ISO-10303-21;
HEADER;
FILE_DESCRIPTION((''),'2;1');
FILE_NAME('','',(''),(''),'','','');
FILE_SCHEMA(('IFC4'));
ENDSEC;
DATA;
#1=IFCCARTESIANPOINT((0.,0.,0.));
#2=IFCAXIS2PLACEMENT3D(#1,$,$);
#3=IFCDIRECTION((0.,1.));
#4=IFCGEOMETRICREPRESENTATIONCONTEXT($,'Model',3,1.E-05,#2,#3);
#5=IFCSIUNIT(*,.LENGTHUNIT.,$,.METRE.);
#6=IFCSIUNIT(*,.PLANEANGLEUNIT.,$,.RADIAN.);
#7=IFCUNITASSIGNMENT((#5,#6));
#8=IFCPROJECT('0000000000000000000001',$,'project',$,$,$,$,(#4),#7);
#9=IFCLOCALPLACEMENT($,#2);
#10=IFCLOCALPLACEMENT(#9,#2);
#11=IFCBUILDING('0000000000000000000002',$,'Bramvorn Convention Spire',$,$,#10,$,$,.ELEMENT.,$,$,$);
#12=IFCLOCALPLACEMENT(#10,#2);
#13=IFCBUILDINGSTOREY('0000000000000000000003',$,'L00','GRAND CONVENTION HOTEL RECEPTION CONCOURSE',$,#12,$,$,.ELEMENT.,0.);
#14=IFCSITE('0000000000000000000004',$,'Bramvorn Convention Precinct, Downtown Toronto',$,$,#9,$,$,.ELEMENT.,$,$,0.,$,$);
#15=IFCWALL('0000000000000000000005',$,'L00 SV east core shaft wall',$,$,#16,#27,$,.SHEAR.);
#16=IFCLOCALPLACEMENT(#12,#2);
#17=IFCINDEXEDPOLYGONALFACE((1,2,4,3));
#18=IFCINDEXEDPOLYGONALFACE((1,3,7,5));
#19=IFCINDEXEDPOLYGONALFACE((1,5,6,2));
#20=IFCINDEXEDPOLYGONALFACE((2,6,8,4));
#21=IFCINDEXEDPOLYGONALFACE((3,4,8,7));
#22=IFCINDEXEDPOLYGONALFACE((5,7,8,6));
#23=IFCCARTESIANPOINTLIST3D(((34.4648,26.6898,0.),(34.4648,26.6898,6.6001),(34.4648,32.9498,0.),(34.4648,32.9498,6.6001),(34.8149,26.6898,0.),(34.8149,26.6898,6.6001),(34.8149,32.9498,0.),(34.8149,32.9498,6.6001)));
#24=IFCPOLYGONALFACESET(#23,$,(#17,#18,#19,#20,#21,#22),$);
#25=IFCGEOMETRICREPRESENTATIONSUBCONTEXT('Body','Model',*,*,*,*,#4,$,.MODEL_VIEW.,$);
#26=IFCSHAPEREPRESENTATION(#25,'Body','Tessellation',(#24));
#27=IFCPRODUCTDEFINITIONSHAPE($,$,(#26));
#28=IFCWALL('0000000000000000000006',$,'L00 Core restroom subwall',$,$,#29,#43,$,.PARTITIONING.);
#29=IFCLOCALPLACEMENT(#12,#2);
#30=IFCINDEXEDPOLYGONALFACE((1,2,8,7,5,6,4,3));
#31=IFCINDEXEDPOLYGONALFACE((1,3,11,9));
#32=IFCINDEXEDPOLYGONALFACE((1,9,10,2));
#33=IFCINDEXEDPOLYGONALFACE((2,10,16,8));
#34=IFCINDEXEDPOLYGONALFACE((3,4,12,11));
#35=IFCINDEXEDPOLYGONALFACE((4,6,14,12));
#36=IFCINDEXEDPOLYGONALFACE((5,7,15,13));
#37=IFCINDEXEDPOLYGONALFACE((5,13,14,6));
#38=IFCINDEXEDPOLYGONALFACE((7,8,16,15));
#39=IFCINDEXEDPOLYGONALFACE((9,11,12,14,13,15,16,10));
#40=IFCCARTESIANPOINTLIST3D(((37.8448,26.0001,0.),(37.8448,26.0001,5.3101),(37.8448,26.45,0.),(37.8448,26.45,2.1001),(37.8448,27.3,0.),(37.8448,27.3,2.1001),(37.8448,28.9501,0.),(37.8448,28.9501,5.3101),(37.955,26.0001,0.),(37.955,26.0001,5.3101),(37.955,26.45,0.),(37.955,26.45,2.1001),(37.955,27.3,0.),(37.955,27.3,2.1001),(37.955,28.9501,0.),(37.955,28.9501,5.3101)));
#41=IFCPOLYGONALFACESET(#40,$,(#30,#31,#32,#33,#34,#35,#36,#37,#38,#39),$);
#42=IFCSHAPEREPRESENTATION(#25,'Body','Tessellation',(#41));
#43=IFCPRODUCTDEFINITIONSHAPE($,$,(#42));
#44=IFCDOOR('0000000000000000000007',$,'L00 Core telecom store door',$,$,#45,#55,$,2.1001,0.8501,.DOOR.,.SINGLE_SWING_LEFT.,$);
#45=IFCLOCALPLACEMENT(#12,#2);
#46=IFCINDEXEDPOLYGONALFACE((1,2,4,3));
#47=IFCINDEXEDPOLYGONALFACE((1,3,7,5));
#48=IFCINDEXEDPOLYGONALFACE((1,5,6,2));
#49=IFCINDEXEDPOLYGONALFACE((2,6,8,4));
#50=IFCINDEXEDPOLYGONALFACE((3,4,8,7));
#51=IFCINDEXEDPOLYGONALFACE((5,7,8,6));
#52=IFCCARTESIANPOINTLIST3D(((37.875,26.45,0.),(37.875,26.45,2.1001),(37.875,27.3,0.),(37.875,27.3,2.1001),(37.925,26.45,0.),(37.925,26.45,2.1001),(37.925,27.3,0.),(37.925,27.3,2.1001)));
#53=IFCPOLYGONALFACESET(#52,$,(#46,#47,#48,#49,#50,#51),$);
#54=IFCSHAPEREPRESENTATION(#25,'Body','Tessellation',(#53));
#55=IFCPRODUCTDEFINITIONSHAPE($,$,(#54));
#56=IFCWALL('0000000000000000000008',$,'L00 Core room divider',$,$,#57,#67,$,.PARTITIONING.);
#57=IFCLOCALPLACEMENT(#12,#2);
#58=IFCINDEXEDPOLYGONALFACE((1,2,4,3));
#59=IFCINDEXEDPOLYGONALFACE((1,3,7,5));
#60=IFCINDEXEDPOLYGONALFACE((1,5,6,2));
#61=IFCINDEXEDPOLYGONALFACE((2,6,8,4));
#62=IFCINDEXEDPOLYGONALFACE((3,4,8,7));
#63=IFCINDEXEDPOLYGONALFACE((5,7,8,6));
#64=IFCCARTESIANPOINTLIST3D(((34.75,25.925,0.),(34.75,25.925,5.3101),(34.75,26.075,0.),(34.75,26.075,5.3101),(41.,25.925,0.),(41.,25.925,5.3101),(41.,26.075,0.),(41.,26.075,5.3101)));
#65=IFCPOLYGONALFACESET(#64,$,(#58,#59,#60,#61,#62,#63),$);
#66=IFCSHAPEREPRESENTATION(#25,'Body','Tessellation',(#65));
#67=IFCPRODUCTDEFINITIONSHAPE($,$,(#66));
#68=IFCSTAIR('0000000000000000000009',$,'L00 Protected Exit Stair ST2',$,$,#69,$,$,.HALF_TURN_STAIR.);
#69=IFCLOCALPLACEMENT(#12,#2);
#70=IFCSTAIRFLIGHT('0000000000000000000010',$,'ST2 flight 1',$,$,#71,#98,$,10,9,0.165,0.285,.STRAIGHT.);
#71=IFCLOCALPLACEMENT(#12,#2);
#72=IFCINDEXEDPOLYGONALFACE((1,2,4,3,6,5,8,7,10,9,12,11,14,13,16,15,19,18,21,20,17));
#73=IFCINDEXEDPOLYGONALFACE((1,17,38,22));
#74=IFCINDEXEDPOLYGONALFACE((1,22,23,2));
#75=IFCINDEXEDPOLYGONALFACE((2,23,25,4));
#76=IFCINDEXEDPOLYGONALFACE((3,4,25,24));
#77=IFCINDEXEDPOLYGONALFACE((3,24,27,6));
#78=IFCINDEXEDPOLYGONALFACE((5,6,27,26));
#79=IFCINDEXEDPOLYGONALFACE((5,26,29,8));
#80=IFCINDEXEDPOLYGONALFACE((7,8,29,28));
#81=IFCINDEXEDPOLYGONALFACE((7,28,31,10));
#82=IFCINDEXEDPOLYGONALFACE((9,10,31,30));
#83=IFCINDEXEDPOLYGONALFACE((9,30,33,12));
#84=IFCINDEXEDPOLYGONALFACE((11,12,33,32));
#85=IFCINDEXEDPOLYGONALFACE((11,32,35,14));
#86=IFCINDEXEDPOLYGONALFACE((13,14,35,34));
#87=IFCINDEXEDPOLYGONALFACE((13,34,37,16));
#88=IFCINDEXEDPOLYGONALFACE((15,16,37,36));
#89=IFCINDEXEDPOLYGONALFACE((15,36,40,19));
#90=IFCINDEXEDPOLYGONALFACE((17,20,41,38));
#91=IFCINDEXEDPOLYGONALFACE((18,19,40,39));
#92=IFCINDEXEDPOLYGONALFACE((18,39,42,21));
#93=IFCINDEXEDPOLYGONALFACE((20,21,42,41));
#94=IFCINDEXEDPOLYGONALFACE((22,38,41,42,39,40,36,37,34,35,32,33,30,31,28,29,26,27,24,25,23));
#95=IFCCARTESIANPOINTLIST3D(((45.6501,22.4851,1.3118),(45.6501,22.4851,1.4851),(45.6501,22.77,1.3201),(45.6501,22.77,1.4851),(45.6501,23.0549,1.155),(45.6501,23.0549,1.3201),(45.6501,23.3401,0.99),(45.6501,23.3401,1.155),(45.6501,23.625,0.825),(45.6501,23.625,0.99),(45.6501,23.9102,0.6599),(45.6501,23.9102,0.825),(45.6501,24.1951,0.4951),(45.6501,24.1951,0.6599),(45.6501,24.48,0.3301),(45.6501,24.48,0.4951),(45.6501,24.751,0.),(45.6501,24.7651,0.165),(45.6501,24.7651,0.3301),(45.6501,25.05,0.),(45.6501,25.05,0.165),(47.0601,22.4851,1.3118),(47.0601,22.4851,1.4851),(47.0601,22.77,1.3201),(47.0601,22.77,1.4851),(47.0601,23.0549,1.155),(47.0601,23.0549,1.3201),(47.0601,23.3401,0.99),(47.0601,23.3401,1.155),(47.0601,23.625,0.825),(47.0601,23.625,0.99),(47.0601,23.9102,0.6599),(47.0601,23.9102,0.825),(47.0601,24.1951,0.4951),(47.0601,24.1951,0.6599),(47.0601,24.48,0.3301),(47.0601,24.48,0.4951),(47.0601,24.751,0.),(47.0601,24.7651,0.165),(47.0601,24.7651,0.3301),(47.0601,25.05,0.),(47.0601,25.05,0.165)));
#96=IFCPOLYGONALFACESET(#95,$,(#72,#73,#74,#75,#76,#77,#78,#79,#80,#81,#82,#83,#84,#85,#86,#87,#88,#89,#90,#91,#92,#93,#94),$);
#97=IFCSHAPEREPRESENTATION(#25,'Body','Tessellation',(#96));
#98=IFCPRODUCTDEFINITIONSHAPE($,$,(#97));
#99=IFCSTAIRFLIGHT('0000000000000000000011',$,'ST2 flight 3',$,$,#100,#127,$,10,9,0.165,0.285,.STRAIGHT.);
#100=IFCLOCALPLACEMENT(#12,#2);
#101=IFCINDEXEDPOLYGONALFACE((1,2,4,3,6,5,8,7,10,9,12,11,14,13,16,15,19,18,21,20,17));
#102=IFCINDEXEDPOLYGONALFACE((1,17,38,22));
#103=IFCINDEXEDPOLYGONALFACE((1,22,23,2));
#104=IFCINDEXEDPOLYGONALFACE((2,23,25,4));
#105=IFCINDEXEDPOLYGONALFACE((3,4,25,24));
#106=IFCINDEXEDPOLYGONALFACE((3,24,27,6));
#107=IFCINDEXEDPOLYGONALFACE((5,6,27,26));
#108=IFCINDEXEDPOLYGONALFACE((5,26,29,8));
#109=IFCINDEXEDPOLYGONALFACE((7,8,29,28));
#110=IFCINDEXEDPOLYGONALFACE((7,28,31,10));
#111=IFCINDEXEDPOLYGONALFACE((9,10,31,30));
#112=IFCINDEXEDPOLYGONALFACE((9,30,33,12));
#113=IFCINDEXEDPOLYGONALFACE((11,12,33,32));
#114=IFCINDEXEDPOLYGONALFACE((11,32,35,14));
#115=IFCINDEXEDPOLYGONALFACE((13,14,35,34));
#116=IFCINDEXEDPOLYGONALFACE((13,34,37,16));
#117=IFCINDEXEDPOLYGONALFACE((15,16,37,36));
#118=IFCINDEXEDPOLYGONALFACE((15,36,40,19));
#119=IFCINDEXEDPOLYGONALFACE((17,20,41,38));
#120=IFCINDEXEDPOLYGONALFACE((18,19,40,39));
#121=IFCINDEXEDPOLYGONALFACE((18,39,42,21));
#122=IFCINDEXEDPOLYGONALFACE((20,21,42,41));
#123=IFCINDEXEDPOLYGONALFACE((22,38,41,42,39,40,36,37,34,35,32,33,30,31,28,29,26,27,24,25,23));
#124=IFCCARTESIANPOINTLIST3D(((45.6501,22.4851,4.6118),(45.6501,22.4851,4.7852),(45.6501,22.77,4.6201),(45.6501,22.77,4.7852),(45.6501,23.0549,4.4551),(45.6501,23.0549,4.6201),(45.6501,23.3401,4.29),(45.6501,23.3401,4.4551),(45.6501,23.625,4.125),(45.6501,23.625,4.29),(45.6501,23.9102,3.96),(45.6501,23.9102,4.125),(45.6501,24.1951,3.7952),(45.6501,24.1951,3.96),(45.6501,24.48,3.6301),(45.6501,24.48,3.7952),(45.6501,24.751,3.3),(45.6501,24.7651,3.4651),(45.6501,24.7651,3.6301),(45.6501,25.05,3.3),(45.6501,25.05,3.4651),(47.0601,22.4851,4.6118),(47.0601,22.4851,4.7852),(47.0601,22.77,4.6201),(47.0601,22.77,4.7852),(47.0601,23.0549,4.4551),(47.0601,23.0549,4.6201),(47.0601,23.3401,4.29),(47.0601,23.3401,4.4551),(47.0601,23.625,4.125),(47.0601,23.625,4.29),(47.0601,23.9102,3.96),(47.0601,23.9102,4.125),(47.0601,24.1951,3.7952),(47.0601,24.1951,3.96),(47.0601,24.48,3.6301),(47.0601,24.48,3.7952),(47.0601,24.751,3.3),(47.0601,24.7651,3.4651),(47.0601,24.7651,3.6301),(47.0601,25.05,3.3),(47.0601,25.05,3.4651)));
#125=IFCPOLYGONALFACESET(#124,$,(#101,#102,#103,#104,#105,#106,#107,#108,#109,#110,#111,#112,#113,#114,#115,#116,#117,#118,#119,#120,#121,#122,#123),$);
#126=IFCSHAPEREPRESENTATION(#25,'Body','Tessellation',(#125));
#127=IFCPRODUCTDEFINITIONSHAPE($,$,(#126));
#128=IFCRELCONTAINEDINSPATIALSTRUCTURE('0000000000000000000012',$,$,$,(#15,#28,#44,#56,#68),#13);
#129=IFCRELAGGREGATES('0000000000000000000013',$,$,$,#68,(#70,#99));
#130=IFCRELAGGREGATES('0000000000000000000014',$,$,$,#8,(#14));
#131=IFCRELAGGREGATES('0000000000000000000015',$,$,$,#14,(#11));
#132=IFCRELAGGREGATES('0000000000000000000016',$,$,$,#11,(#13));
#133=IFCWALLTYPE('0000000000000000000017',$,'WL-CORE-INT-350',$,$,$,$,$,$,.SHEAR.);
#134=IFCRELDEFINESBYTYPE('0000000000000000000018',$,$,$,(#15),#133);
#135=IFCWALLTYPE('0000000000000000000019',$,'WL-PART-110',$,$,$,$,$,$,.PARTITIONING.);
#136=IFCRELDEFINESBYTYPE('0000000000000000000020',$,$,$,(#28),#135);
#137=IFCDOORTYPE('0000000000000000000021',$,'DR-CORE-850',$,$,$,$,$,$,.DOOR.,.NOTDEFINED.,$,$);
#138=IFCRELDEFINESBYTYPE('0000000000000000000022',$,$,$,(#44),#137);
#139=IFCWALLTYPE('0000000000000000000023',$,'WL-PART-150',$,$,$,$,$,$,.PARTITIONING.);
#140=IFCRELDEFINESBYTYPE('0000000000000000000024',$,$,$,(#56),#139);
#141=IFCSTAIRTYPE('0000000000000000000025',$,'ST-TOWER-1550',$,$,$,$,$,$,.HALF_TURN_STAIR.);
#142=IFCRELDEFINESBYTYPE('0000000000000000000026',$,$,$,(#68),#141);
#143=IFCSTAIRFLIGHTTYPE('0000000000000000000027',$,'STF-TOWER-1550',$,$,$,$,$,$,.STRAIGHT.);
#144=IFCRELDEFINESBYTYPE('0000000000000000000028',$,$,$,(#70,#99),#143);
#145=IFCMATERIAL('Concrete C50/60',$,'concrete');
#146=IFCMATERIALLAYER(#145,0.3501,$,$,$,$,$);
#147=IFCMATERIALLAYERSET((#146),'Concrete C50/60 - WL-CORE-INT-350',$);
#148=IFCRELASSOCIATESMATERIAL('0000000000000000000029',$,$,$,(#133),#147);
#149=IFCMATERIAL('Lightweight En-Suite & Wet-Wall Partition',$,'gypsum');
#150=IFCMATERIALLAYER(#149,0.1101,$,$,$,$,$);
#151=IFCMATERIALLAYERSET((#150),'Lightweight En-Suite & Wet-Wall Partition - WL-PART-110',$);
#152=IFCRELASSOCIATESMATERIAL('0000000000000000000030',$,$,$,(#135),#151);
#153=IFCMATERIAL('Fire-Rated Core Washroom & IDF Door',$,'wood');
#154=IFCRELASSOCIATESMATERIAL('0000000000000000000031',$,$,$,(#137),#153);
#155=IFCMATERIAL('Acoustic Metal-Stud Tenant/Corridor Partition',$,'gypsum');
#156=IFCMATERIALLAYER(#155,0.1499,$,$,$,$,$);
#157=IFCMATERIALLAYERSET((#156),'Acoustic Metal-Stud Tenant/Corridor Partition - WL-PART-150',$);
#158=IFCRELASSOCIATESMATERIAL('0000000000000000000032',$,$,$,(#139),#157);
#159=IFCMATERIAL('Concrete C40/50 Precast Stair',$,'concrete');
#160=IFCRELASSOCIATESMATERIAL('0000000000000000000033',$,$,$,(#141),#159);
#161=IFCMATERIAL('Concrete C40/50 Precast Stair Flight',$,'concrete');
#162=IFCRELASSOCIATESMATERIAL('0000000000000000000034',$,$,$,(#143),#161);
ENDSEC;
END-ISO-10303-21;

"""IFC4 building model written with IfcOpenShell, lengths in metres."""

from ifc_helpers import new_model, si_unit, direction, frame, frame_2d, origin, place, context, subcontext, project, spatial, polyline, rectangle, outline, extrude, material, layer, layer_set, type_object, element, fill, aggregate, save


model = new_model("IFC4")

# Units and contexts
model_context = context("Model", 3, precision=1e-05, world=origin(), true_north=direction((0.0, 1.0)))
body_context = subcontext(model_context, "Body", "Model", "MODEL_VIEW")
ifc_project = project(units=[si_unit("LENGTHUNIT", "METRE"), si_unit("PLANEANGLEUNIT", "RADIAN")], contexts=[model_context])

# Site, building, storey
site_placement = place(None, origin())
site = spatial("IfcSite", under=ifc_project, at=site_placement, Name="Bramvorn Convention Precinct, Downtown Toronto", CompositionType="ELEMENT", RefElevation=0.0)
building_placement = place(site_placement, origin())
building = spatial("IfcBuilding", under=site, at=building_placement, Name="Bramvorn Convention Spire", CompositionType="ELEMENT")
storey_placement = place(building_placement, origin())
storey = spatial("IfcBuildingStorey", under=building, at=storey_placement, Name="L00", Description="GRAND CONVENTION HOTEL RECEPTION CONCOURSE", CompositionType="ELEMENT", Elevation=0.0)

# Wall
ifc_material_1 = material(Name="Concrete C50/60", Category="concrete")
ifc_layer_1 = layer(ifc_material_1, 0.3501)
ifc_layer_set_1 = layer_set([ifc_layer_1], Name="Concrete C50/60 - WL-CORE-INT-350")
wall_type_1 = type_object("IfcWallType", Name="WL-CORE-INT-350", PredefinedType="SHEAR", material=ifc_layer_set_1)
wall_1_placement = place(storey_placement, frame((34.6399, 26.6899, 0.0), z_axis=(0.0, 0.0, 1.0), x_axis=(0.0, 1.0, 0.0)))
element("IfcWall", 1, at=wall_1_placement, inside=storey, type_object=wall_type_1, Name="L00 SV east core shaft wall", PredefinedType="SHEAR", context=body_context, shape_type="SweptSolid", body=[
    extrude(rectangle(XDim=6.26, YDim=0.3501, at=frame_2d((3.1299, 0.0))), origin(), (0.0, 0.0, 1.0), 6.6001),
])

# Wall, opening, door
ifc_material_2 = material(Name="Lightweight En-Suite & Wet-Wall Partition", Category="gypsum")
ifc_layer_2 = layer(ifc_material_2, 0.1101)
ifc_layer_set_2 = layer_set([ifc_layer_2], Name="Lightweight En-Suite & Wet-Wall Partition - WL-PART-110")
wall_type_2 = type_object("IfcWallType", Name="WL-PART-110", PredefinedType="PARTITIONING", material=ifc_layer_set_2)
wall_2_placement = place(storey_placement, frame((37.8999, 26.0, 0.0), z_axis=(0.0, 0.0, 1.0), x_axis=(0.0, 1.0, 0.0)))
wall_2 = element("IfcWall", 2, at=wall_2_placement, inside=storey, type_object=wall_type_2, Name="L00 Core restroom subwall", PredefinedType="PARTITIONING", context=body_context, shape_type="SweptSolid", body=[
    extrude(rectangle(XDim=2.95, YDim=0.1101, at=frame_2d((1.4751, 0.0))), origin(), (0.0, 0.0, 1.0), 5.3101),
])
opening_1_placement = place(wall_2_placement, frame((0.45, 0.0, 0.0)))
opening_1 = element("IfcOpeningElement", 3, at=opening_1_placement, cuts=wall_2, PredefinedType="OPENING", context=body_context, shape_type="SweptSolid", body=[
    extrude(rectangle(XDim=0.8501, YDim=2.1001, at=frame_2d((0.425, 1.05))), frame((0.0, 0.0649, 0.0), z_axis=(0.0, -1.0, 0.0), x_axis=(1.0, 0.0, 0.0)), (0.0, 0.0, 1.0), 0.1301),
])
ifc_material_3 = material(Name="Fire-Rated Core Washroom & IDF Door", Category="wood")
door_type_1 = type_object("IfcDoorType", Name="DR-CORE-850", OperationType="NOTDEFINED", PredefinedType="DOOR", material=ifc_material_3)
door_1_placement = place(opening_1_placement, origin())
door_1 = element("IfcDoor", 4, at=door_1_placement, inside=storey, type_object=door_type_1, Name="L00 Core telecom store door", OperationType="SINGLE_SWING_LEFT", OverallHeight=2.1001, OverallWidth=0.8501, PredefinedType="DOOR", context=body_context, shape_type="SweptSolid", body=[
    extrude(rectangle(XDim=0.8501, YDim=2.1001, at=frame_2d((0.425, 1.05))), frame((0.0, 0.0249, 0.0), z_axis=(0.0, -1.0, 0.0), x_axis=(1.0, 0.0, 0.0)), (0.0, 0.0, 1.0), 0.05),
])
fill(opening_1, door_1)

# Wall
ifc_material_4 = material(Name="Acoustic Metal-Stud Tenant/Corridor Partition", Category="gypsum")
ifc_layer_3 = layer(ifc_material_4, 0.1499)
ifc_layer_set_3 = layer_set([ifc_layer_3], Name="Acoustic Metal-Stud Tenant/Corridor Partition - WL-PART-150")
wall_type_3 = type_object("IfcWallType", Name="WL-PART-150", PredefinedType="PARTITIONING", material=ifc_layer_set_3)
wall_3_placement = place(storey_placement, frame((34.75, 26.0, 0.0), z_axis=(0.0, 0.0, 1.0), x_axis=(1.0, 0.0, 0.0)))
element("IfcWall", 5, at=wall_3_placement, inside=storey, type_object=wall_type_3, Name="L00 Core room divider", PredefinedType="PARTITIONING", context=body_context, shape_type="SweptSolid", body=[
    extrude(rectangle(XDim=6.25, YDim=0.1499, at=frame_2d((3.125, 0.0))), origin(), (0.0, 0.0, 1.0), 5.3101),
])

# Stair, stair flights
ifc_material_5 = material(Name="Concrete C40/50 Precast Stair", Category="concrete")
stair_type = type_object("IfcStairType", Name="ST-TOWER-1550", PredefinedType="HALF_TURN_STAIR", material=ifc_material_5)
stair_placement = place(storey_placement, origin())
stair = element("IfcStair", 6, at=stair_placement, inside=storey, type_object=stair_type, Name="L00 Protected Exit Stair ST2", PredefinedType="HALF_TURN_STAIR")
ifc_material_6 = material(Name="Concrete C40/50 Precast Stair Flight", Category="concrete")
stair_flight_type = type_object("IfcStairFlightType", Name="STF-TOWER-1550", PredefinedType="STRAIGHT", material=ifc_material_6)
stair_flight_1_placement = place(storey_placement, frame((46.355, 25.05, 0.0), z_axis=(0.0, 0.0, 1.0), x_axis=(0.0, -1.0, 0.0)))
stair_flight_1 = element("IfcStairFlight", 7, at=stair_flight_1_placement, type_object=stair_flight_type, Name="ST2 flight 1", NumberOfRisers=10, NumberOfTreads=9, PredefinedType="STRAIGHT", RiserHeight=0.165, TreadLength=0.285, context=body_context, shape_type="SweptSolid", body=[
    extrude(outline(polyline([(0.0, 0.0), (0.0, 0.165), (0.2849, 0.165), (0.2849, 0.3301), (0.5701, 0.3301), (0.5701, 0.4951), (0.855, 0.4951), (0.855, 0.6599), (1.1399, 0.6599), (1.1399, 0.825), (1.425, 0.825), (1.425, 0.99), (1.71, 0.99), (1.71, 1.155), (1.9951, 1.155), (1.9951, 1.3201), (2.28, 1.3201), (2.28, 1.4851), (2.5649, 1.4851), (2.5649, 1.6499), (2.5649, 1.3118), (0.2991, 0.0), (0.0, 0.0)])), frame((0.0, 0.7051, 0.0), z_axis=(0.0, -1.0, 0.0), x_axis=(1.0, 0.0, 0.0)), (0.0, 0.0, 1.0), 1.4099),
])
stair_flight_2_placement = place(storey_placement, frame((46.355, 25.05, 3.3), z_axis=(0.0, 0.0, 1.0), x_axis=(0.0, -1.0, 0.0)))
stair_flight_2 = element("IfcStairFlight", 8, at=stair_flight_2_placement, type_object=stair_flight_type, Name="ST2 flight 3", NumberOfRisers=10, NumberOfTreads=9, PredefinedType="STRAIGHT", RiserHeight=0.165, TreadLength=0.285, context=body_context, shape_type="SweptSolid", body=[
    extrude(outline(polyline([(0.0, 0.0), (0.0, 0.165), (0.2849, 0.165), (0.2849, 0.3301), (0.5701, 0.3301), (0.5701, 0.4951), (0.855, 0.4951), (0.855, 0.6599), (1.1399, 0.6599), (1.1399, 0.825), (1.425, 0.825), (1.425, 0.99), (1.71, 0.99), (1.71, 1.155), (1.9951, 1.155), (1.9951, 1.3201), (2.28, 1.3201), (2.28, 1.4851), (2.5649, 1.4851), (2.5649, 1.6499), (2.5649, 1.3118), (0.2991, 0.0), (0.0, 0.0)])), frame((0.0, 0.7051, 0.0), z_axis=(0.0, -1.0, 0.0), x_axis=(1.0, 0.0, 0.0)), (0.0, 0.0, 1.0), 1.4099),
])
aggregate(stair, [stair_flight_1, stair_flight_2])

save(model, "model.ifc")
